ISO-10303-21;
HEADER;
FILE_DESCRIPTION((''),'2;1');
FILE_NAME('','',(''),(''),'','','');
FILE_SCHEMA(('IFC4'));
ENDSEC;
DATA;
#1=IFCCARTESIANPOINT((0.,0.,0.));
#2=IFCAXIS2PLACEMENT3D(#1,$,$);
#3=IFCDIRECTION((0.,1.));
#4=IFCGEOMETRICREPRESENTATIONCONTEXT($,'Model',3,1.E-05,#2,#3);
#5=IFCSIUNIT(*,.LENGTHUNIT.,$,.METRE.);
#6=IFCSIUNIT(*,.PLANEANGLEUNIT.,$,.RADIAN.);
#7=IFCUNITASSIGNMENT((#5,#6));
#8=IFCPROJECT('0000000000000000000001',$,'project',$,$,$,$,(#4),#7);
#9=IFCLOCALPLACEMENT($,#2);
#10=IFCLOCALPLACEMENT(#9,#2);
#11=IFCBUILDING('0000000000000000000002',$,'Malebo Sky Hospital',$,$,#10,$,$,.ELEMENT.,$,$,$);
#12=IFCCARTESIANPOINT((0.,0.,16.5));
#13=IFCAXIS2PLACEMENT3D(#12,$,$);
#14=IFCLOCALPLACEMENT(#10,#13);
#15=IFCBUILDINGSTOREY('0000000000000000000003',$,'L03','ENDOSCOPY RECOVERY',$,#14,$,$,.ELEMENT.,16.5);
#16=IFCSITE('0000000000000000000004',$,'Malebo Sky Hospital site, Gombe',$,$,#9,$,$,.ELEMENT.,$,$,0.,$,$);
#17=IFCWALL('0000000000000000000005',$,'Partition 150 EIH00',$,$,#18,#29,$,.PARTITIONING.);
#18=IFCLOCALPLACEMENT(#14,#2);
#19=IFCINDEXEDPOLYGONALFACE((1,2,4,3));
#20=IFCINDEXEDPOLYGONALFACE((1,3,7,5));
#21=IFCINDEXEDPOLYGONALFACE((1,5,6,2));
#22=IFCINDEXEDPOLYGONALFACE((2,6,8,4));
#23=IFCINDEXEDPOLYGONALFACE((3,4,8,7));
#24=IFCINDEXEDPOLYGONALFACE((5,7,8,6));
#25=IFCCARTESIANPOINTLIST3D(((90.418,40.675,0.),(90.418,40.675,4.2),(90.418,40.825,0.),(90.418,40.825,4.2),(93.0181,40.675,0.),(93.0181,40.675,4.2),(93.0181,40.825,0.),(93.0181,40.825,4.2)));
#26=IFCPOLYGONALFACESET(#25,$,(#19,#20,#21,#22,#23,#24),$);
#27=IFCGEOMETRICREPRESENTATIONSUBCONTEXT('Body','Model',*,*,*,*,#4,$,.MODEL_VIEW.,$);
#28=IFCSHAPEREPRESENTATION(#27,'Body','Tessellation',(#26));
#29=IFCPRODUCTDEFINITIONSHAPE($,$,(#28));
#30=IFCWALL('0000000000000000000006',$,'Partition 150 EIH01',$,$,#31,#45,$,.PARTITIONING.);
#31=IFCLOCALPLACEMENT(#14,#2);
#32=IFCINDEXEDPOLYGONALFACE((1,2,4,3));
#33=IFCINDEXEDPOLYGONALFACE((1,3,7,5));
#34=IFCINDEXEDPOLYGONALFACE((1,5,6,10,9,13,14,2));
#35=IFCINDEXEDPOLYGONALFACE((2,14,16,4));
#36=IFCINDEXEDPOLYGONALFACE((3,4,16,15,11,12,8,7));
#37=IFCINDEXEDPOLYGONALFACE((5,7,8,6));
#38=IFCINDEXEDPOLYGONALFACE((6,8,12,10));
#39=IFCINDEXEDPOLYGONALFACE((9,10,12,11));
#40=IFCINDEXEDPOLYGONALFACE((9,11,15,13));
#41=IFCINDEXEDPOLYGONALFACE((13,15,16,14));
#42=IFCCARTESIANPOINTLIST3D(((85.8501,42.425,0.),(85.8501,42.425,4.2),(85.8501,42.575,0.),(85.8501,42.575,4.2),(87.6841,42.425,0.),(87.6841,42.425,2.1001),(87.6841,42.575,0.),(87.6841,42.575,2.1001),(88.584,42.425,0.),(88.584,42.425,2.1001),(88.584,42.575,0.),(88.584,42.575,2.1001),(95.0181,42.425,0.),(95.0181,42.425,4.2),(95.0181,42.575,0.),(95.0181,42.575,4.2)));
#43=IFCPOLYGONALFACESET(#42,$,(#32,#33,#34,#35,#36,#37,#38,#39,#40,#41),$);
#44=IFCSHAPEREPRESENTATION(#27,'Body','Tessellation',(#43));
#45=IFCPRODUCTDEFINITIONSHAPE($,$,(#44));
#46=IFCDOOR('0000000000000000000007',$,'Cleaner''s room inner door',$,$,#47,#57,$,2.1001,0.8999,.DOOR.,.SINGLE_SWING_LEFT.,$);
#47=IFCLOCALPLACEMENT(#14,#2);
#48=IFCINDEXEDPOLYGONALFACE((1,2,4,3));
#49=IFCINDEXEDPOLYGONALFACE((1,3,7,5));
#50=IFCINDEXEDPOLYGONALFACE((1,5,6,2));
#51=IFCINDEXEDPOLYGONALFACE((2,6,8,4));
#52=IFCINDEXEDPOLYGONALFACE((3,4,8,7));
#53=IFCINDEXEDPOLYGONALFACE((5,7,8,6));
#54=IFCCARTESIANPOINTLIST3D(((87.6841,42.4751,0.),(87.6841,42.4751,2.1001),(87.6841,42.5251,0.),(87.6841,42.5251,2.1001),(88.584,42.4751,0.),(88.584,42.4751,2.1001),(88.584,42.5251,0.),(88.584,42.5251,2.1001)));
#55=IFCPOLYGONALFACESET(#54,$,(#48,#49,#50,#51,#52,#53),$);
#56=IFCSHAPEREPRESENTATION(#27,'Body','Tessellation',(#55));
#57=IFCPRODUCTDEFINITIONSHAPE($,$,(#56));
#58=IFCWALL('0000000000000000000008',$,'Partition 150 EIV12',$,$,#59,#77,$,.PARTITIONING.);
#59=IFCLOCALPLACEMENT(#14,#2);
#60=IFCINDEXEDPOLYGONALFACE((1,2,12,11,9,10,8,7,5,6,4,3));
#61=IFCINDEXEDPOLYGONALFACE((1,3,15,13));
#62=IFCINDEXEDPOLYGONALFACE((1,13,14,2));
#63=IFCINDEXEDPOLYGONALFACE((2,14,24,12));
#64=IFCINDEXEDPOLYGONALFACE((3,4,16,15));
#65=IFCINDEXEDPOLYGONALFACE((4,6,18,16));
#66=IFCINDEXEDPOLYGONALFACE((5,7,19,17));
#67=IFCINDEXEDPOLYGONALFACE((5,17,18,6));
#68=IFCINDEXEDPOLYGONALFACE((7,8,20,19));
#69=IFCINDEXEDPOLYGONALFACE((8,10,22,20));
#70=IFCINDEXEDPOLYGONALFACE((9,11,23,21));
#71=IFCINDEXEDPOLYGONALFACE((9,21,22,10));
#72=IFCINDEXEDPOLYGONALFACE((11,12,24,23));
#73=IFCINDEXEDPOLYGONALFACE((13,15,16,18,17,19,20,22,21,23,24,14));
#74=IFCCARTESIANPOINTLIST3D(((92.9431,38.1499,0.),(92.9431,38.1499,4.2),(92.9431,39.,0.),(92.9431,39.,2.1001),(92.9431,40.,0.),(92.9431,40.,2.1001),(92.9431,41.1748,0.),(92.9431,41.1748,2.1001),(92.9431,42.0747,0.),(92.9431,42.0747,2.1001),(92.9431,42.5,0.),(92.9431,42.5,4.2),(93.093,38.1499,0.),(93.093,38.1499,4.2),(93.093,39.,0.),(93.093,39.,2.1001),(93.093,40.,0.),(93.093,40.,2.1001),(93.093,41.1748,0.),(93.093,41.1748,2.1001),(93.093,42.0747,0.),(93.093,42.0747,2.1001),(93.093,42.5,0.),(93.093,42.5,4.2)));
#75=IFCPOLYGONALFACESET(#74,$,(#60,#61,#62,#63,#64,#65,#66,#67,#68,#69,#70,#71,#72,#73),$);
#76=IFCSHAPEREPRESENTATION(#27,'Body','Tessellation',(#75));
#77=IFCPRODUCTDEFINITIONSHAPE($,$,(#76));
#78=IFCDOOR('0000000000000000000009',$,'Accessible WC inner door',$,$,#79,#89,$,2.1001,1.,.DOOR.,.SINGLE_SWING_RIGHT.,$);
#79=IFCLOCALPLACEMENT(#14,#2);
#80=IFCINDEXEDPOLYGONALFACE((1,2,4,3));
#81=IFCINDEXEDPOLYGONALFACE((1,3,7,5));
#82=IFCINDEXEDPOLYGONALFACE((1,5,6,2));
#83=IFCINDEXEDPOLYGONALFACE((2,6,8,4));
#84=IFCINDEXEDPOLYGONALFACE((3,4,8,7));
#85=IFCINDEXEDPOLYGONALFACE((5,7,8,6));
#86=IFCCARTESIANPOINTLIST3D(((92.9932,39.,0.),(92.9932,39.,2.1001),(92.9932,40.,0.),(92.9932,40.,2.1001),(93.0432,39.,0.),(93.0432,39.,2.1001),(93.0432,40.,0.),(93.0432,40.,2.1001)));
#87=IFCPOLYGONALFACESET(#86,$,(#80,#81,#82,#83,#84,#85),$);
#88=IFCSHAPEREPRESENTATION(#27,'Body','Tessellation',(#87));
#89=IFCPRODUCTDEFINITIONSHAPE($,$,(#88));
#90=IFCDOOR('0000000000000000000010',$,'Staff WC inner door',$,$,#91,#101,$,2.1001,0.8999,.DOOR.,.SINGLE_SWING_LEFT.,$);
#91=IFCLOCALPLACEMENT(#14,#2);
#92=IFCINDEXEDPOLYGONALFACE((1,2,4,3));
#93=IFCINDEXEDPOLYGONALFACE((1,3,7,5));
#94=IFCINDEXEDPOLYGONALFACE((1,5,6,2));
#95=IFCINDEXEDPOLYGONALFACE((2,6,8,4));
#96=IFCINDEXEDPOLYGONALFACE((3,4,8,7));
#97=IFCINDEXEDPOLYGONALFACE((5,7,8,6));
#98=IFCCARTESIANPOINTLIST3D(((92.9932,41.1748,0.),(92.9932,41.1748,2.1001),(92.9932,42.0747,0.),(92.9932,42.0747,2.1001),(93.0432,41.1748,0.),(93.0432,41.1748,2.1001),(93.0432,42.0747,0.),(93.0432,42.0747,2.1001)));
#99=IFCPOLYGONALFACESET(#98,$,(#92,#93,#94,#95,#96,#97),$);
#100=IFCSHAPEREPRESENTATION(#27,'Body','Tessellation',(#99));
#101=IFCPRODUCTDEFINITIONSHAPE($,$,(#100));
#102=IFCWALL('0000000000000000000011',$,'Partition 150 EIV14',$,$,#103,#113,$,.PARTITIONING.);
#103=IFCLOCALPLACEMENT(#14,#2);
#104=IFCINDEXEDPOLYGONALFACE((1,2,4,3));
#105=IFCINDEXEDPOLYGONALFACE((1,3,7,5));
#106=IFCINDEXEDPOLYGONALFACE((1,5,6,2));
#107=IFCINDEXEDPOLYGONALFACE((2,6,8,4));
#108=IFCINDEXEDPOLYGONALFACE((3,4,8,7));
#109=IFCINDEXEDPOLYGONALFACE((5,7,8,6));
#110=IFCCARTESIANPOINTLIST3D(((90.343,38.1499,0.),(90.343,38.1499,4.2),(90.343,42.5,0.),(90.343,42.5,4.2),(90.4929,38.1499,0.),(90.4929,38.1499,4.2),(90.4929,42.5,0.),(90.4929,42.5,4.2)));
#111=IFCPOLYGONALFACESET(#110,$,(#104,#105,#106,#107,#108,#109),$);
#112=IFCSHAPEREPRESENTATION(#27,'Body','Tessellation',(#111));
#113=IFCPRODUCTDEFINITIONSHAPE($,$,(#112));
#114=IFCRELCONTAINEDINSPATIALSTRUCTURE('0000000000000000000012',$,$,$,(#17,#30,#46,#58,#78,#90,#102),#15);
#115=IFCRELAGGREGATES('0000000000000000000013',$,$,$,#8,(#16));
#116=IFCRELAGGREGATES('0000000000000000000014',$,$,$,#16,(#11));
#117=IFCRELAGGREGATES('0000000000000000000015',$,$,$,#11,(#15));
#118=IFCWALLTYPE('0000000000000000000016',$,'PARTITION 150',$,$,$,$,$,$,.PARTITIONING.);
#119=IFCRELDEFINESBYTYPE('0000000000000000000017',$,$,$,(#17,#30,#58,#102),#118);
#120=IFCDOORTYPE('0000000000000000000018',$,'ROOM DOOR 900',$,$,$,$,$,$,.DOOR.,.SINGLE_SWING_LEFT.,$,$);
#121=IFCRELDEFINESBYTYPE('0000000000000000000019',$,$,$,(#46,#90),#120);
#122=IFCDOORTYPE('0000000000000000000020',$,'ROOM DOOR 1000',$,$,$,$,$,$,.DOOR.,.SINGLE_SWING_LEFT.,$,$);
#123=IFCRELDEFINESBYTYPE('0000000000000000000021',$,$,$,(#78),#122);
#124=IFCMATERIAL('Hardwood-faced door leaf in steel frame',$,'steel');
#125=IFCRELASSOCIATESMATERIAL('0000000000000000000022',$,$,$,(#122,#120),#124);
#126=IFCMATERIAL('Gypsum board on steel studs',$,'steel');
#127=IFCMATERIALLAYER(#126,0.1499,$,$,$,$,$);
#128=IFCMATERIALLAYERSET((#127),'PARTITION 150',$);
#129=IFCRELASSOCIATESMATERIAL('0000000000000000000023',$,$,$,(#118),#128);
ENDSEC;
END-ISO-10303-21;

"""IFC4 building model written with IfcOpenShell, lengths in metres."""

from ifc_helpers import new_model, si_unit, direction, frame, frame_2d, origin, place, context, subcontext, project, spatial, rectangle, extrude, material, layer, layer_set, type_object, element, fill, save


model = new_model("IFC4")

# Units and contexts
model_context = context("Model", 3, precision=1e-05, world=origin(), true_north=direction((0.0, 1.0)))
body_context = subcontext(model_context, "Body", "Model", "MODEL_VIEW")
ifc_project = project(units=[si_unit("LENGTHUNIT", "METRE"), si_unit("PLANEANGLEUNIT", "RADIAN")], contexts=[model_context])

# Site, building, storey
site_placement = place(None, origin())
site = spatial("IfcSite", under=ifc_project, at=site_placement, Name="Malebo Sky Hospital site, Gombe", CompositionType="ELEMENT", RefElevation=0.0)
building_placement = place(site_placement, origin())
building = spatial("IfcBuilding", under=site, at=building_placement, Name="Malebo Sky Hospital", CompositionType="ELEMENT")
storey_placement = place(building_placement, frame((0.0, 0.0, 16.5)))
storey = spatial("IfcBuildingStorey", under=building, at=storey_placement, Name="L03", Description="ENDOSCOPY RECOVERY", CompositionType="ELEMENT", Elevation=16.5)

# Shared definitions
ifc_material_1 = material(Name="Gypsum board on steel studs", Category="steel")
ifc_material_2 = material(Name="Hardwood-faced door leaf in steel frame", Category="steel")
door_type_1 = type_object("IfcDoorType", Name="ROOM DOOR 1000", OperationType="SINGLE_SWING_LEFT", PredefinedType="DOOR", material=ifc_material_2)

# Wall
ifc_layer_1 = layer(ifc_material_1, 0.1499)
ifc_layer_set_1 = layer_set([ifc_layer_1], Name="PARTITION 150")
wall_type_1 = type_object("IfcWallType", Name="PARTITION 150", PredefinedType="PARTITIONING", material=ifc_layer_set_1)
wall_1_placement = place(storey_placement, frame((93.0181, 40.75, 0.0), z_axis=(0.0, 0.0, 1.0), x_axis=(-1.0, 0.0, 0.0)))
element("IfcWall", 1, at=wall_1_placement, inside=storey, type_object=wall_type_1, Name="Partition 150 EIH00", PredefinedType="PARTITIONING", context=body_context, shape_type="SweptSolid", body=[
    extrude(rectangle(XDim=2.6001, YDim=0.1499, at=frame_2d((1.3, 0.0))), origin(), (0.0, 0.0, 1.0), 4.2),
])

# Wall, opening, door
wall_2_placement = place(storey_placement, frame((95.0181, 42.5, 0.0), z_axis=(0.0, 0.0, 1.0), x_axis=(-1.0, 0.0, 0.0)))
wall_2 = element("IfcWall", 2, at=wall_2_placement, inside=storey, type_object=wall_type_1, Name="Partition 150 EIH01", PredefinedType="PARTITIONING", context=body_context, shape_type="SweptSolid", body=[
    extrude(rectangle(XDim=9.168, YDim=0.1499, at=frame_2d((4.584, 0.0))), origin(), (0.0, 0.0, 1.0), 4.2),
])
opening_1_placement = place(wall_2_placement, frame((6.4341, 0.0, 0.0)))
opening_1 = element("IfcOpeningElement", 3, at=opening_1_placement, cuts=wall_2, PredefinedType="OPENING", context=body_context, shape_type="SweptSolid", body=[
    extrude(rectangle(XDim=0.8999, YDim=2.1001, at=frame_2d((0.45, 1.05))), frame((0.0, 0.085, 0.0), z_axis=(0.0, -1.0, 0.0), x_axis=(1.0, 0.0, 0.0)), (0.0, 0.0, 1.0), 0.1699),
])
door_type_2 = type_object("IfcDoorType", Name="ROOM DOOR 900", OperationType="SINGLE_SWING_LEFT", PredefinedType="DOOR", material=ifc_material_2)
door_1_placement = place(opening_1_placement, origin())
door_1 = element("IfcDoor", 4, at=door_1_placement, inside=storey, type_object=door_type_2, Name="Cleaner's room inner door", OperationType="SINGLE_SWING_LEFT", OverallHeight=2.1001, OverallWidth=0.8999, PredefinedType="DOOR", context=body_context, shape_type="SweptSolid", body=[
    extrude(rectangle(XDim=0.8999, YDim=2.1001, at=frame_2d((0.45, 1.05))), frame((0.0, 0.0249, 0.0), z_axis=(0.0, -1.0, 0.0), x_axis=(1.0, 0.0, 0.0)), (0.0, 0.0, 1.0), 0.05),
])
fill(opening_1, door_1)

# Wall, openings, doors
wall_3_placement = place(storey_placement, frame((93.0181, 38.1499, 0.0), z_axis=(0.0, 0.0, 1.0), x_axis=(0.0, 1.0, 0.0)))
wall_3 = element("IfcWall", 5, at=wall_3_placement, inside=storey, type_object=wall_type_1, Name="Partition 150 EIV12", PredefinedType="PARTITIONING", context=body_context, shape_type="SweptSolid", body=[
    extrude(rectangle(XDim=4.3501, YDim=0.1499, at=frame_2d((2.175, 0.0))), origin(), (0.0, 0.0, 1.0), 4.2),
])
opening_2_placement = place(wall_3_placement, frame((0.8501, 0.0, 0.0)))
opening_2 = element("IfcOpeningElement", 6, at=opening_2_placement, cuts=wall_3, PredefinedType="OPENING", context=body_context, shape_type="SweptSolid", body=[
    extrude(rectangle(XDim=1.0, YDim=2.1001, at=frame_2d((0.5, 1.05))), frame((0.0, 0.085, 0.0), z_axis=(0.0, -1.0, 0.0), x_axis=(1.0, 0.0, 0.0)), (0.0, 0.0, 1.0), 0.1699),
])
opening_3_placement = place(wall_3_placement, frame((3.0249, 0.0, 0.0)))
opening_3 = element("IfcOpeningElement", 7, at=opening_3_placement, cuts=wall_3, PredefinedType="OPENING", context=body_context, shape_type="SweptSolid", body=[
    extrude(rectangle(XDim=0.8999, YDim=2.1001, at=frame_2d((0.45, 1.05))), frame((0.0, 0.085, 0.0), z_axis=(0.0, -1.0, 0.0), x_axis=(1.0, 0.0, 0.0)), (0.0, 0.0, 1.0), 0.1699),
])
door_2_placement = place(opening_2_placement, origin())
door_2 = element("IfcDoor", 8, at=door_2_placement, inside=storey, type_object=door_type_1, Name="Accessible WC inner door", OperationType="SINGLE_SWING_RIGHT", OverallHeight=2.1001, OverallWidth=1.0, PredefinedType="DOOR", context=body_context, shape_type="SweptSolid", body=[
    extrude(rectangle(XDim=1.0, YDim=2.1001, at=frame_2d((0.5, 1.05))), frame((0.0, 0.0249, 0.0), z_axis=(0.0, -1.0, 0.0), x_axis=(1.0, 0.0, 0.0)), (0.0, 0.0, 1.0), 0.05),
])
fill(opening_2, door_2)
door_3_placement = place(opening_3_placement, origin())
door_3 = element("IfcDoor", 9, at=door_3_placement, inside=storey, type_object=door_type_2, Name="Staff WC inner door", OperationType="SINGLE_SWING_LEFT", OverallHeight=2.1001, OverallWidth=0.8999, PredefinedType="DOOR", context=body_context, shape_type="SweptSolid", body=[
    extrude(rectangle(XDim=0.8999, YDim=2.1001, at=frame_2d((0.45, 1.05))), frame((0.0, 0.0249, 0.0), z_axis=(0.0, -1.0, 0.0), x_axis=(1.0, 0.0, 0.0)), (0.0, 0.0, 1.0), 0.05),
])
fill(opening_3, door_3)

# Wall
wall_4_placement = place(storey_placement, frame((90.418, 38.1499, 0.0), z_axis=(0.0, 0.0, 1.0), x_axis=(0.0, 1.0, 0.0)))
element("IfcWall", 10, at=wall_4_placement, inside=storey, type_object=wall_type_1, Name="Partition 150 EIV14", PredefinedType="PARTITIONING", context=body_context, shape_type="SweptSolid", body=[
    extrude(rectangle(XDim=4.3501, YDim=0.1499, at=frame_2d((2.175, 0.0))), origin(), (0.0, 0.0, 1.0), 4.2),
])

save(model, "model.ifc")
